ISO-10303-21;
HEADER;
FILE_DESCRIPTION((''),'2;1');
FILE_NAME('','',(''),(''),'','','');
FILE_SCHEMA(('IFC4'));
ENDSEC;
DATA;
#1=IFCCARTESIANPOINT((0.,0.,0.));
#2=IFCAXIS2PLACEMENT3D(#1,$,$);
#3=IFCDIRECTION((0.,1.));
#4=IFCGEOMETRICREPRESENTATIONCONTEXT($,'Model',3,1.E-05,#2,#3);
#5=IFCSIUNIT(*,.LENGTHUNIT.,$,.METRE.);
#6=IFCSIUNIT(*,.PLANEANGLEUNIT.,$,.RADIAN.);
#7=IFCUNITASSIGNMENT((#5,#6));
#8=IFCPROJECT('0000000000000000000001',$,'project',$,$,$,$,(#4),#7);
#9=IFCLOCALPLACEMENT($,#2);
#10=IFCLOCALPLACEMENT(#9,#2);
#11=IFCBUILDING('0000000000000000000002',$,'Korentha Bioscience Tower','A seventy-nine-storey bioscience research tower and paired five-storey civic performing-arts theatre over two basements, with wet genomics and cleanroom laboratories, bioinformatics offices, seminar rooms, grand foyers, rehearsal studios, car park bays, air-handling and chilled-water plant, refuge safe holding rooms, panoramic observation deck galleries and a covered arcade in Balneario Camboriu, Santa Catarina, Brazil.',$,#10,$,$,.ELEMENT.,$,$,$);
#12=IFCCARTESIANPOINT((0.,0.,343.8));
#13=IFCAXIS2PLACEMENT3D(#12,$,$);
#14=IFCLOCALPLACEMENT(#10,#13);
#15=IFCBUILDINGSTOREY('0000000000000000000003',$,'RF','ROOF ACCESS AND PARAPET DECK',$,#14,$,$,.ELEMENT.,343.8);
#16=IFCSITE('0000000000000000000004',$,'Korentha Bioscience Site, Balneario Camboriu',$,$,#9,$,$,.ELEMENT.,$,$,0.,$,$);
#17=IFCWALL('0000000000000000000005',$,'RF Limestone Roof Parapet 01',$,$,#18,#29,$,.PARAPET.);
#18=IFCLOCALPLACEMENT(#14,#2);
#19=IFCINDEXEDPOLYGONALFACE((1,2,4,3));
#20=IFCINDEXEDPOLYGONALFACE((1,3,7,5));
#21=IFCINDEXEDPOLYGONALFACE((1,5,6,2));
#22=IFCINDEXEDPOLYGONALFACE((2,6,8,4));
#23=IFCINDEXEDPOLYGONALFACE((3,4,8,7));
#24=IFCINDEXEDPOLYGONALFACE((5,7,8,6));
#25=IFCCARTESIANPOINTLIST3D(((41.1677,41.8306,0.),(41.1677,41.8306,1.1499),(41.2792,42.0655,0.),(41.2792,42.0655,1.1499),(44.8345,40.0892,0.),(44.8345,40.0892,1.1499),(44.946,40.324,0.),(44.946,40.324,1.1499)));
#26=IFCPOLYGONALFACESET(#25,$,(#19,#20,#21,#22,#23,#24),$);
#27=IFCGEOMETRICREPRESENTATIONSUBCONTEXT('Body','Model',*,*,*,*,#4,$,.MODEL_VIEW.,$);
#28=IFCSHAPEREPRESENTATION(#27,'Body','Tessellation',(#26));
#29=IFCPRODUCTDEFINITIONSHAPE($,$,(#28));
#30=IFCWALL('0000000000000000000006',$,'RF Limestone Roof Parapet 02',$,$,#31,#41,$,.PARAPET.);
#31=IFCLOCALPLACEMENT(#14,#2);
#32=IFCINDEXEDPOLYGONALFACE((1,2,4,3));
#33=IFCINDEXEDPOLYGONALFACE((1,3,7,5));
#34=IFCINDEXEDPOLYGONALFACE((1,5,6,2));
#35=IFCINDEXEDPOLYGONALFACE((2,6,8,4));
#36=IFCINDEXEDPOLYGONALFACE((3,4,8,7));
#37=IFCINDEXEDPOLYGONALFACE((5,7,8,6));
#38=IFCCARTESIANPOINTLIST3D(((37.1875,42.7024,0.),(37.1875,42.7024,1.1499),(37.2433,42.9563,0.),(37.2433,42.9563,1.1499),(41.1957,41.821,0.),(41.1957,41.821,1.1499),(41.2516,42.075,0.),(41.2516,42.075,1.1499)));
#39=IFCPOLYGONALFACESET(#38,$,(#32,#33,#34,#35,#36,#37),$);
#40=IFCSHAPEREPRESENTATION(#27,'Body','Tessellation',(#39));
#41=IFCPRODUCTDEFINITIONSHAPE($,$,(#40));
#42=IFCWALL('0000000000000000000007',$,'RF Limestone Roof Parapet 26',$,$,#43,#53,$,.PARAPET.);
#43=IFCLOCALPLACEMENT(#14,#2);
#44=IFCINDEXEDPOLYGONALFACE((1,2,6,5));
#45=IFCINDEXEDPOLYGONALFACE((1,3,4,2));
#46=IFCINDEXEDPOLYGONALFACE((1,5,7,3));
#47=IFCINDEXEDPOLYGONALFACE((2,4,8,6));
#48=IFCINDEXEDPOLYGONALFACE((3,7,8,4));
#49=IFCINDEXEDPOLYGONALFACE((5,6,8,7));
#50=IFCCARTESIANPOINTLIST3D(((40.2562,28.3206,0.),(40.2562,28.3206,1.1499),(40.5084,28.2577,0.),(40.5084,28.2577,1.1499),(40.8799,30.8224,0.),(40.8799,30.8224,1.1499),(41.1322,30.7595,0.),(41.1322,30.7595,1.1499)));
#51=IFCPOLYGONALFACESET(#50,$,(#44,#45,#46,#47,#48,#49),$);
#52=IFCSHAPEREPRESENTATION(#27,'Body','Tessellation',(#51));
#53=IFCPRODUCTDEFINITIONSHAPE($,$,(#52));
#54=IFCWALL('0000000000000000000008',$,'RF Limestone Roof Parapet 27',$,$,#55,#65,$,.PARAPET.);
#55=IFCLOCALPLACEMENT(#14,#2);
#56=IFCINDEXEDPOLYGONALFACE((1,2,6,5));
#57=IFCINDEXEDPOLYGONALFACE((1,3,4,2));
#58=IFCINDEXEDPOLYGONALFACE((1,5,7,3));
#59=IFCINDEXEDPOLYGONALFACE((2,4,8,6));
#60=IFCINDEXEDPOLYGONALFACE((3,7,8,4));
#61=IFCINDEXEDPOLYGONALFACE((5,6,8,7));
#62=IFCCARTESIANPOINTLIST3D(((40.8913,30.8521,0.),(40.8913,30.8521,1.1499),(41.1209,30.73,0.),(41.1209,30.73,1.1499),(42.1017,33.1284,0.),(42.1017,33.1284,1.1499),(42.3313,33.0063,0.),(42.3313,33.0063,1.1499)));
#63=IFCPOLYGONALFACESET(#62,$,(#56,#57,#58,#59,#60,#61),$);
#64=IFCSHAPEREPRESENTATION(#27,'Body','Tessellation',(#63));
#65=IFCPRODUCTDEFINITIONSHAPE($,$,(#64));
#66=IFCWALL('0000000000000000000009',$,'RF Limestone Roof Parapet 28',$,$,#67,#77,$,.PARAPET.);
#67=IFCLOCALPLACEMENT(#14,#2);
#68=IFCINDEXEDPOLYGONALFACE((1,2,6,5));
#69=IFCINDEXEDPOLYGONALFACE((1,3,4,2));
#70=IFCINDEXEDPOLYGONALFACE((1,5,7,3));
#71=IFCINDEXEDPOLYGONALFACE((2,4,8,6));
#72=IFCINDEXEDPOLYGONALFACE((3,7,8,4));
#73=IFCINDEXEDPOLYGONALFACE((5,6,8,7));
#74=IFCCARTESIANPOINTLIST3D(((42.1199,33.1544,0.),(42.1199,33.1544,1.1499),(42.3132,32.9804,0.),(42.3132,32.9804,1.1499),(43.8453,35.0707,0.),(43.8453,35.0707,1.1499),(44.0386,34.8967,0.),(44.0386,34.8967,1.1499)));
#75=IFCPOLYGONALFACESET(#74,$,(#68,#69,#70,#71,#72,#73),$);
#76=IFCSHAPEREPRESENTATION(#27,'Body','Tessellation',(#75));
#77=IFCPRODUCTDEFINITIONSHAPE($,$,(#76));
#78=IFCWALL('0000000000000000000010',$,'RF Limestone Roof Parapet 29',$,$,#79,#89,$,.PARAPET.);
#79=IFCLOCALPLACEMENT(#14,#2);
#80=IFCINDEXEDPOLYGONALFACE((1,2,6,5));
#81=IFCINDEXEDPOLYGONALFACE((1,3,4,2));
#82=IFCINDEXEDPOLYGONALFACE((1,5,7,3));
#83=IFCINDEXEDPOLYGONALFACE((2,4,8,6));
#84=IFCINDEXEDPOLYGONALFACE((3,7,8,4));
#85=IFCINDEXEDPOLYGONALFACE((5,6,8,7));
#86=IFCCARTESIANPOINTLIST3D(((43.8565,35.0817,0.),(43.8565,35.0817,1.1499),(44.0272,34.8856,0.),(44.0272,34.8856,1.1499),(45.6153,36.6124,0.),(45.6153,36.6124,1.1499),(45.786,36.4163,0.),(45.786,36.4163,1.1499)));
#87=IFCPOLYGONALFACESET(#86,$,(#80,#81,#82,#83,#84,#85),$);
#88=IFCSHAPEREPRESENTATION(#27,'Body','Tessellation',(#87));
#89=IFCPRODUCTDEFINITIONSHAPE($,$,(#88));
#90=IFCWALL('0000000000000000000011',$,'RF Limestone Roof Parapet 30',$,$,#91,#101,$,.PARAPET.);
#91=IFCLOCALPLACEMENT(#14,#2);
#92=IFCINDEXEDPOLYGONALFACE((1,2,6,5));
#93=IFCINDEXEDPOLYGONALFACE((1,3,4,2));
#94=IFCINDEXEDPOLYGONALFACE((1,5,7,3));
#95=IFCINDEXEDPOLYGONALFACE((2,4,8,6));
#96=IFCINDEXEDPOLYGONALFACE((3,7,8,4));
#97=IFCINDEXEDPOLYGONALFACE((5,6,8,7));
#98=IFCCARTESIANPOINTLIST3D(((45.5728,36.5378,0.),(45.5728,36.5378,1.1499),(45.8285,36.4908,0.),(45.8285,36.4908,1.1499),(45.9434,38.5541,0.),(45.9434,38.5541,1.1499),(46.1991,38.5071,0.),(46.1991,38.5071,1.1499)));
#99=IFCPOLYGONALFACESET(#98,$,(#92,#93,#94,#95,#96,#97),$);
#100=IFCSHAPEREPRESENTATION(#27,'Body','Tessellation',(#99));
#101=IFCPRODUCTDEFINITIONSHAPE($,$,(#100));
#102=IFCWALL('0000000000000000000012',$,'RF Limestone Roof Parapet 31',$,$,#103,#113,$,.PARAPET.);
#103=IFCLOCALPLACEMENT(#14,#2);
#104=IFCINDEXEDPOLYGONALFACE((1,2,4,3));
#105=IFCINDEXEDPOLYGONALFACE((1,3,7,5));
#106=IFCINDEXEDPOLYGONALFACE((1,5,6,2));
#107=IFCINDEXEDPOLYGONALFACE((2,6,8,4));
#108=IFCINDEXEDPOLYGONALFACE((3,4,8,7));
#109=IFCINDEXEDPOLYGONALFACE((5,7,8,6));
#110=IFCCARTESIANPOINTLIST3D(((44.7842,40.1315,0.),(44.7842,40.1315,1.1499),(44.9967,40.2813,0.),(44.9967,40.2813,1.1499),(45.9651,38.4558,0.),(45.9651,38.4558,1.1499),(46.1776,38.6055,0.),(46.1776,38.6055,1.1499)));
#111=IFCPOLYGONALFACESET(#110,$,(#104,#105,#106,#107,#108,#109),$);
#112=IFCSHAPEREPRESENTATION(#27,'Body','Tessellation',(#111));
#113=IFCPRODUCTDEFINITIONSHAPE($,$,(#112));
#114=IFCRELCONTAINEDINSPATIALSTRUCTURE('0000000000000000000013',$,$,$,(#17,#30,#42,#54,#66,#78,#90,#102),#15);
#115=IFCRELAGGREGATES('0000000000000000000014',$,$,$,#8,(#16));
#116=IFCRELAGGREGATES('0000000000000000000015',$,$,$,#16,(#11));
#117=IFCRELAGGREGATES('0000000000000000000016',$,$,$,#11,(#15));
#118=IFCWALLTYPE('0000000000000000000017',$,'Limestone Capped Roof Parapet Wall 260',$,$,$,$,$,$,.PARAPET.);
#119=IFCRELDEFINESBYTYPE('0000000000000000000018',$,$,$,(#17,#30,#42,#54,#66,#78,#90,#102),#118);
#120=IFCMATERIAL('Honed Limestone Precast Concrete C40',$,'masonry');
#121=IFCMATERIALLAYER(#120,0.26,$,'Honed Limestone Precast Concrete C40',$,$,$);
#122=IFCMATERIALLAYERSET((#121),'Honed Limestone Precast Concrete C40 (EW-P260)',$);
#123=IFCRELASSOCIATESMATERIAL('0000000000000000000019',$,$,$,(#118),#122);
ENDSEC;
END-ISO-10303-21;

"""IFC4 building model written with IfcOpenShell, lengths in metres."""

from ifc_helpers import new_model, si_unit, direction, frame, frame_2d, origin, place, context, subcontext, project, spatial, rectangle, extrude, material, layer, layer_set, type_object, element, save


model = new_model("IFC4")

# Units and contexts
model_context = context("Model", 3, precision=1e-05, world=origin(), true_north=direction((0.0, 1.0)))
body_context = subcontext(model_context, "Body", "Model", "MODEL_VIEW")
ifc_project = project(units=[si_unit("LENGTHUNIT", "METRE"), si_unit("PLANEANGLEUNIT", "RADIAN")], contexts=[model_context])

# Site, building, storey
site_placement = place(None, origin())
site = spatial("IfcSite", under=ifc_project, at=site_placement, Name="Korentha Bioscience Site, Balneario Camboriu", CompositionType="ELEMENT", RefElevation=0.0)
building_placement = place(site_placement, origin())
building = spatial("IfcBuilding", under=site, at=building_placement, Name="Korentha Bioscience Tower", Description="A seventy-nine-storey bioscience research tower and paired five-storey civic performing-arts theatre over two basements, with wet genomics and cleanroom laboratories, bioinformatics offices, seminar rooms, grand foyers, rehearsal studios, car park bays, air-handling and chilled-water plant, refuge safe holding rooms, panoramic observation deck galleries and a covered arcade in Balneario Camboriu, Santa Catarina, Brazil.", CompositionType="ELEMENT")
storey_placement = place(building_placement, frame((0.0, 0.0, 343.8)))
storey = spatial("IfcBuildingStorey", under=building, at=storey_placement, Name="RF", Description="ROOF ACCESS AND PARAPET DECK", CompositionType="ELEMENT", Elevation=343.8)

# Walls
ifc_material_1 = material(Name="Honed Limestone Precast Concrete C40", Category="masonry")
ifc_layer_1 = layer(ifc_material_1, 0.26, Name="Honed Limestone Precast Concrete C40")
ifc_layer_set_1 = layer_set([ifc_layer_1], Name="Honed Limestone Precast Concrete C40 (EW-P260)")
wall_type = type_object("IfcWallType", Name="Limestone Capped Roof Parapet Wall 260", PredefinedType="PARAPET", material=ifc_layer_set_1)
wall_1_placement = place(storey_placement, frame((44.8904, 40.2065, 0.0), z_axis=(0.0, 0.0, 1.0), x_axis=(-0.903301, 0.429007, 0.0)))
element("IfcWall", 1, at=wall_1_placement, inside=storey, type_object=wall_type, Name="RF Limestone Roof Parapet 01", PredefinedType="PARAPET", context=body_context, shape_type="SweptSolid", body=[
    extrude(rectangle(XDim=4.0593, YDim=0.26, at=frame_2d((2.0298, 0.0))), origin(), (0.0, 0.0, 1.0), 1.1499),
])
wall_2_placement = place(storey_placement, frame((41.2236, 41.948, 0.0), z_axis=(0.0, 0.0, 1.0), x_axis=(-0.976669, 0.214751, 0.0)))
element("IfcWall", 2, at=wall_2_placement, inside=storey, type_object=wall_type, Name="RF Limestone Roof Parapet 02", PredefinedType="PARAPET", context=body_context, shape_type="SweptSolid", body=[
    extrude(rectangle(XDim=4.104, YDim=0.26, at=frame_2d((2.052, 0.0))), origin(), (0.0, 0.0, 1.0), 1.1499),
])
wall_3_placement = place(storey_placement, frame((40.3823, 28.2893, 0.0), z_axis=(0.0, 0.0, 1.0), x_axis=(0.241934, 0.970293, 0.0)))
element("IfcWall", 3, at=wall_3_placement, inside=storey, type_object=wall_type, Name="RF Limestone Roof Parapet 26", PredefinedType="PARAPET", context=body_context, shape_type="SweptSolid", body=[
    extrude(rectangle(XDim=2.5784, YDim=0.26, at=frame_2d((1.2891, 0.0))), origin(), (0.0, 0.0, 1.0), 1.1499),
])
wall_4_placement = place(storey_placement, frame((41.0061, 30.791, 0.0), z_axis=(0.0, 0.0, 1.0), x_axis=(0.469497, 0.882934, 0.0)))
element("IfcWall", 4, at=wall_4_placement, inside=storey, type_object=wall_type, Name="RF Limestone Roof Parapet 27", PredefinedType="PARAPET", context=body_context, shape_type="SweptSolid", body=[
    extrude(rectangle(XDim=2.5781, YDim=0.26, at=frame_2d((1.2891, 0.0))), origin(), (0.0, 0.0, 1.0), 1.1499),
])
wall_5_placement = place(storey_placement, frame((42.2166, 33.0674, 0.0), z_axis=(0.0, 0.0, 1.0), x_axis=(0.669116, 0.743158, 0.0)))
element("IfcWall", 5, at=wall_5_placement, inside=storey, type_object=wall_type, Name="RF Limestone Roof Parapet 28", PredefinedType="PARAPET", context=body_context, shape_type="SweptSolid", body=[
    extrude(rectangle(XDim=2.5786, YDim=0.26, at=frame_2d((1.2893, 0.0))), origin(), (0.0, 0.0, 1.0), 1.1499),
])
wall_6_placement = place(storey_placement, frame((43.9419, 34.9836, 0.0), z_axis=(0.0, 0.0, 1.0), x_axis=(0.754312, 0.656516, 0.0)))
element("IfcWall", 6, at=wall_6_placement, inside=storey, type_object=wall_type, Name="RF Limestone Roof Parapet 29", PredefinedType="PARAPET", context=body_context, shape_type="SweptSolid", body=[
    extrude(rectangle(XDim=2.3315, YDim=0.26, at=frame_2d((1.1658, 0.0))), origin(), (0.0, 0.0, 1.0), 1.1499),
])
for number, where, z_axis, x_axis, name in (
    (7, (45.7007, 36.5144, 0.0), (0.0, 0.0, 1.0), (0.180771, 0.983525, 0.0), "RF Limestone Roof Parapet 30"),
    (8, (46.0713, 38.5308, 0.0), (0.0, 0.0, 1.0), (-0.576033, 0.817426, 0.0), "RF Limestone Roof Parapet 31"),
):
    element("IfcWall", number, at=place(storey_placement, frame(where, z_axis=z_axis, x_axis=x_axis)), inside=storey, type_object=wall_type, Name=name, PredefinedType="PARAPET", context=body_context, shape_type="SweptSolid", body=[
        extrude(rectangle(XDim=2.05, YDim=0.26, at=frame_2d((1.0249, 0.0))), origin(), (0.0, 0.0, 1.0), 1.1499),
    ])

save(model, "model.ifc")
